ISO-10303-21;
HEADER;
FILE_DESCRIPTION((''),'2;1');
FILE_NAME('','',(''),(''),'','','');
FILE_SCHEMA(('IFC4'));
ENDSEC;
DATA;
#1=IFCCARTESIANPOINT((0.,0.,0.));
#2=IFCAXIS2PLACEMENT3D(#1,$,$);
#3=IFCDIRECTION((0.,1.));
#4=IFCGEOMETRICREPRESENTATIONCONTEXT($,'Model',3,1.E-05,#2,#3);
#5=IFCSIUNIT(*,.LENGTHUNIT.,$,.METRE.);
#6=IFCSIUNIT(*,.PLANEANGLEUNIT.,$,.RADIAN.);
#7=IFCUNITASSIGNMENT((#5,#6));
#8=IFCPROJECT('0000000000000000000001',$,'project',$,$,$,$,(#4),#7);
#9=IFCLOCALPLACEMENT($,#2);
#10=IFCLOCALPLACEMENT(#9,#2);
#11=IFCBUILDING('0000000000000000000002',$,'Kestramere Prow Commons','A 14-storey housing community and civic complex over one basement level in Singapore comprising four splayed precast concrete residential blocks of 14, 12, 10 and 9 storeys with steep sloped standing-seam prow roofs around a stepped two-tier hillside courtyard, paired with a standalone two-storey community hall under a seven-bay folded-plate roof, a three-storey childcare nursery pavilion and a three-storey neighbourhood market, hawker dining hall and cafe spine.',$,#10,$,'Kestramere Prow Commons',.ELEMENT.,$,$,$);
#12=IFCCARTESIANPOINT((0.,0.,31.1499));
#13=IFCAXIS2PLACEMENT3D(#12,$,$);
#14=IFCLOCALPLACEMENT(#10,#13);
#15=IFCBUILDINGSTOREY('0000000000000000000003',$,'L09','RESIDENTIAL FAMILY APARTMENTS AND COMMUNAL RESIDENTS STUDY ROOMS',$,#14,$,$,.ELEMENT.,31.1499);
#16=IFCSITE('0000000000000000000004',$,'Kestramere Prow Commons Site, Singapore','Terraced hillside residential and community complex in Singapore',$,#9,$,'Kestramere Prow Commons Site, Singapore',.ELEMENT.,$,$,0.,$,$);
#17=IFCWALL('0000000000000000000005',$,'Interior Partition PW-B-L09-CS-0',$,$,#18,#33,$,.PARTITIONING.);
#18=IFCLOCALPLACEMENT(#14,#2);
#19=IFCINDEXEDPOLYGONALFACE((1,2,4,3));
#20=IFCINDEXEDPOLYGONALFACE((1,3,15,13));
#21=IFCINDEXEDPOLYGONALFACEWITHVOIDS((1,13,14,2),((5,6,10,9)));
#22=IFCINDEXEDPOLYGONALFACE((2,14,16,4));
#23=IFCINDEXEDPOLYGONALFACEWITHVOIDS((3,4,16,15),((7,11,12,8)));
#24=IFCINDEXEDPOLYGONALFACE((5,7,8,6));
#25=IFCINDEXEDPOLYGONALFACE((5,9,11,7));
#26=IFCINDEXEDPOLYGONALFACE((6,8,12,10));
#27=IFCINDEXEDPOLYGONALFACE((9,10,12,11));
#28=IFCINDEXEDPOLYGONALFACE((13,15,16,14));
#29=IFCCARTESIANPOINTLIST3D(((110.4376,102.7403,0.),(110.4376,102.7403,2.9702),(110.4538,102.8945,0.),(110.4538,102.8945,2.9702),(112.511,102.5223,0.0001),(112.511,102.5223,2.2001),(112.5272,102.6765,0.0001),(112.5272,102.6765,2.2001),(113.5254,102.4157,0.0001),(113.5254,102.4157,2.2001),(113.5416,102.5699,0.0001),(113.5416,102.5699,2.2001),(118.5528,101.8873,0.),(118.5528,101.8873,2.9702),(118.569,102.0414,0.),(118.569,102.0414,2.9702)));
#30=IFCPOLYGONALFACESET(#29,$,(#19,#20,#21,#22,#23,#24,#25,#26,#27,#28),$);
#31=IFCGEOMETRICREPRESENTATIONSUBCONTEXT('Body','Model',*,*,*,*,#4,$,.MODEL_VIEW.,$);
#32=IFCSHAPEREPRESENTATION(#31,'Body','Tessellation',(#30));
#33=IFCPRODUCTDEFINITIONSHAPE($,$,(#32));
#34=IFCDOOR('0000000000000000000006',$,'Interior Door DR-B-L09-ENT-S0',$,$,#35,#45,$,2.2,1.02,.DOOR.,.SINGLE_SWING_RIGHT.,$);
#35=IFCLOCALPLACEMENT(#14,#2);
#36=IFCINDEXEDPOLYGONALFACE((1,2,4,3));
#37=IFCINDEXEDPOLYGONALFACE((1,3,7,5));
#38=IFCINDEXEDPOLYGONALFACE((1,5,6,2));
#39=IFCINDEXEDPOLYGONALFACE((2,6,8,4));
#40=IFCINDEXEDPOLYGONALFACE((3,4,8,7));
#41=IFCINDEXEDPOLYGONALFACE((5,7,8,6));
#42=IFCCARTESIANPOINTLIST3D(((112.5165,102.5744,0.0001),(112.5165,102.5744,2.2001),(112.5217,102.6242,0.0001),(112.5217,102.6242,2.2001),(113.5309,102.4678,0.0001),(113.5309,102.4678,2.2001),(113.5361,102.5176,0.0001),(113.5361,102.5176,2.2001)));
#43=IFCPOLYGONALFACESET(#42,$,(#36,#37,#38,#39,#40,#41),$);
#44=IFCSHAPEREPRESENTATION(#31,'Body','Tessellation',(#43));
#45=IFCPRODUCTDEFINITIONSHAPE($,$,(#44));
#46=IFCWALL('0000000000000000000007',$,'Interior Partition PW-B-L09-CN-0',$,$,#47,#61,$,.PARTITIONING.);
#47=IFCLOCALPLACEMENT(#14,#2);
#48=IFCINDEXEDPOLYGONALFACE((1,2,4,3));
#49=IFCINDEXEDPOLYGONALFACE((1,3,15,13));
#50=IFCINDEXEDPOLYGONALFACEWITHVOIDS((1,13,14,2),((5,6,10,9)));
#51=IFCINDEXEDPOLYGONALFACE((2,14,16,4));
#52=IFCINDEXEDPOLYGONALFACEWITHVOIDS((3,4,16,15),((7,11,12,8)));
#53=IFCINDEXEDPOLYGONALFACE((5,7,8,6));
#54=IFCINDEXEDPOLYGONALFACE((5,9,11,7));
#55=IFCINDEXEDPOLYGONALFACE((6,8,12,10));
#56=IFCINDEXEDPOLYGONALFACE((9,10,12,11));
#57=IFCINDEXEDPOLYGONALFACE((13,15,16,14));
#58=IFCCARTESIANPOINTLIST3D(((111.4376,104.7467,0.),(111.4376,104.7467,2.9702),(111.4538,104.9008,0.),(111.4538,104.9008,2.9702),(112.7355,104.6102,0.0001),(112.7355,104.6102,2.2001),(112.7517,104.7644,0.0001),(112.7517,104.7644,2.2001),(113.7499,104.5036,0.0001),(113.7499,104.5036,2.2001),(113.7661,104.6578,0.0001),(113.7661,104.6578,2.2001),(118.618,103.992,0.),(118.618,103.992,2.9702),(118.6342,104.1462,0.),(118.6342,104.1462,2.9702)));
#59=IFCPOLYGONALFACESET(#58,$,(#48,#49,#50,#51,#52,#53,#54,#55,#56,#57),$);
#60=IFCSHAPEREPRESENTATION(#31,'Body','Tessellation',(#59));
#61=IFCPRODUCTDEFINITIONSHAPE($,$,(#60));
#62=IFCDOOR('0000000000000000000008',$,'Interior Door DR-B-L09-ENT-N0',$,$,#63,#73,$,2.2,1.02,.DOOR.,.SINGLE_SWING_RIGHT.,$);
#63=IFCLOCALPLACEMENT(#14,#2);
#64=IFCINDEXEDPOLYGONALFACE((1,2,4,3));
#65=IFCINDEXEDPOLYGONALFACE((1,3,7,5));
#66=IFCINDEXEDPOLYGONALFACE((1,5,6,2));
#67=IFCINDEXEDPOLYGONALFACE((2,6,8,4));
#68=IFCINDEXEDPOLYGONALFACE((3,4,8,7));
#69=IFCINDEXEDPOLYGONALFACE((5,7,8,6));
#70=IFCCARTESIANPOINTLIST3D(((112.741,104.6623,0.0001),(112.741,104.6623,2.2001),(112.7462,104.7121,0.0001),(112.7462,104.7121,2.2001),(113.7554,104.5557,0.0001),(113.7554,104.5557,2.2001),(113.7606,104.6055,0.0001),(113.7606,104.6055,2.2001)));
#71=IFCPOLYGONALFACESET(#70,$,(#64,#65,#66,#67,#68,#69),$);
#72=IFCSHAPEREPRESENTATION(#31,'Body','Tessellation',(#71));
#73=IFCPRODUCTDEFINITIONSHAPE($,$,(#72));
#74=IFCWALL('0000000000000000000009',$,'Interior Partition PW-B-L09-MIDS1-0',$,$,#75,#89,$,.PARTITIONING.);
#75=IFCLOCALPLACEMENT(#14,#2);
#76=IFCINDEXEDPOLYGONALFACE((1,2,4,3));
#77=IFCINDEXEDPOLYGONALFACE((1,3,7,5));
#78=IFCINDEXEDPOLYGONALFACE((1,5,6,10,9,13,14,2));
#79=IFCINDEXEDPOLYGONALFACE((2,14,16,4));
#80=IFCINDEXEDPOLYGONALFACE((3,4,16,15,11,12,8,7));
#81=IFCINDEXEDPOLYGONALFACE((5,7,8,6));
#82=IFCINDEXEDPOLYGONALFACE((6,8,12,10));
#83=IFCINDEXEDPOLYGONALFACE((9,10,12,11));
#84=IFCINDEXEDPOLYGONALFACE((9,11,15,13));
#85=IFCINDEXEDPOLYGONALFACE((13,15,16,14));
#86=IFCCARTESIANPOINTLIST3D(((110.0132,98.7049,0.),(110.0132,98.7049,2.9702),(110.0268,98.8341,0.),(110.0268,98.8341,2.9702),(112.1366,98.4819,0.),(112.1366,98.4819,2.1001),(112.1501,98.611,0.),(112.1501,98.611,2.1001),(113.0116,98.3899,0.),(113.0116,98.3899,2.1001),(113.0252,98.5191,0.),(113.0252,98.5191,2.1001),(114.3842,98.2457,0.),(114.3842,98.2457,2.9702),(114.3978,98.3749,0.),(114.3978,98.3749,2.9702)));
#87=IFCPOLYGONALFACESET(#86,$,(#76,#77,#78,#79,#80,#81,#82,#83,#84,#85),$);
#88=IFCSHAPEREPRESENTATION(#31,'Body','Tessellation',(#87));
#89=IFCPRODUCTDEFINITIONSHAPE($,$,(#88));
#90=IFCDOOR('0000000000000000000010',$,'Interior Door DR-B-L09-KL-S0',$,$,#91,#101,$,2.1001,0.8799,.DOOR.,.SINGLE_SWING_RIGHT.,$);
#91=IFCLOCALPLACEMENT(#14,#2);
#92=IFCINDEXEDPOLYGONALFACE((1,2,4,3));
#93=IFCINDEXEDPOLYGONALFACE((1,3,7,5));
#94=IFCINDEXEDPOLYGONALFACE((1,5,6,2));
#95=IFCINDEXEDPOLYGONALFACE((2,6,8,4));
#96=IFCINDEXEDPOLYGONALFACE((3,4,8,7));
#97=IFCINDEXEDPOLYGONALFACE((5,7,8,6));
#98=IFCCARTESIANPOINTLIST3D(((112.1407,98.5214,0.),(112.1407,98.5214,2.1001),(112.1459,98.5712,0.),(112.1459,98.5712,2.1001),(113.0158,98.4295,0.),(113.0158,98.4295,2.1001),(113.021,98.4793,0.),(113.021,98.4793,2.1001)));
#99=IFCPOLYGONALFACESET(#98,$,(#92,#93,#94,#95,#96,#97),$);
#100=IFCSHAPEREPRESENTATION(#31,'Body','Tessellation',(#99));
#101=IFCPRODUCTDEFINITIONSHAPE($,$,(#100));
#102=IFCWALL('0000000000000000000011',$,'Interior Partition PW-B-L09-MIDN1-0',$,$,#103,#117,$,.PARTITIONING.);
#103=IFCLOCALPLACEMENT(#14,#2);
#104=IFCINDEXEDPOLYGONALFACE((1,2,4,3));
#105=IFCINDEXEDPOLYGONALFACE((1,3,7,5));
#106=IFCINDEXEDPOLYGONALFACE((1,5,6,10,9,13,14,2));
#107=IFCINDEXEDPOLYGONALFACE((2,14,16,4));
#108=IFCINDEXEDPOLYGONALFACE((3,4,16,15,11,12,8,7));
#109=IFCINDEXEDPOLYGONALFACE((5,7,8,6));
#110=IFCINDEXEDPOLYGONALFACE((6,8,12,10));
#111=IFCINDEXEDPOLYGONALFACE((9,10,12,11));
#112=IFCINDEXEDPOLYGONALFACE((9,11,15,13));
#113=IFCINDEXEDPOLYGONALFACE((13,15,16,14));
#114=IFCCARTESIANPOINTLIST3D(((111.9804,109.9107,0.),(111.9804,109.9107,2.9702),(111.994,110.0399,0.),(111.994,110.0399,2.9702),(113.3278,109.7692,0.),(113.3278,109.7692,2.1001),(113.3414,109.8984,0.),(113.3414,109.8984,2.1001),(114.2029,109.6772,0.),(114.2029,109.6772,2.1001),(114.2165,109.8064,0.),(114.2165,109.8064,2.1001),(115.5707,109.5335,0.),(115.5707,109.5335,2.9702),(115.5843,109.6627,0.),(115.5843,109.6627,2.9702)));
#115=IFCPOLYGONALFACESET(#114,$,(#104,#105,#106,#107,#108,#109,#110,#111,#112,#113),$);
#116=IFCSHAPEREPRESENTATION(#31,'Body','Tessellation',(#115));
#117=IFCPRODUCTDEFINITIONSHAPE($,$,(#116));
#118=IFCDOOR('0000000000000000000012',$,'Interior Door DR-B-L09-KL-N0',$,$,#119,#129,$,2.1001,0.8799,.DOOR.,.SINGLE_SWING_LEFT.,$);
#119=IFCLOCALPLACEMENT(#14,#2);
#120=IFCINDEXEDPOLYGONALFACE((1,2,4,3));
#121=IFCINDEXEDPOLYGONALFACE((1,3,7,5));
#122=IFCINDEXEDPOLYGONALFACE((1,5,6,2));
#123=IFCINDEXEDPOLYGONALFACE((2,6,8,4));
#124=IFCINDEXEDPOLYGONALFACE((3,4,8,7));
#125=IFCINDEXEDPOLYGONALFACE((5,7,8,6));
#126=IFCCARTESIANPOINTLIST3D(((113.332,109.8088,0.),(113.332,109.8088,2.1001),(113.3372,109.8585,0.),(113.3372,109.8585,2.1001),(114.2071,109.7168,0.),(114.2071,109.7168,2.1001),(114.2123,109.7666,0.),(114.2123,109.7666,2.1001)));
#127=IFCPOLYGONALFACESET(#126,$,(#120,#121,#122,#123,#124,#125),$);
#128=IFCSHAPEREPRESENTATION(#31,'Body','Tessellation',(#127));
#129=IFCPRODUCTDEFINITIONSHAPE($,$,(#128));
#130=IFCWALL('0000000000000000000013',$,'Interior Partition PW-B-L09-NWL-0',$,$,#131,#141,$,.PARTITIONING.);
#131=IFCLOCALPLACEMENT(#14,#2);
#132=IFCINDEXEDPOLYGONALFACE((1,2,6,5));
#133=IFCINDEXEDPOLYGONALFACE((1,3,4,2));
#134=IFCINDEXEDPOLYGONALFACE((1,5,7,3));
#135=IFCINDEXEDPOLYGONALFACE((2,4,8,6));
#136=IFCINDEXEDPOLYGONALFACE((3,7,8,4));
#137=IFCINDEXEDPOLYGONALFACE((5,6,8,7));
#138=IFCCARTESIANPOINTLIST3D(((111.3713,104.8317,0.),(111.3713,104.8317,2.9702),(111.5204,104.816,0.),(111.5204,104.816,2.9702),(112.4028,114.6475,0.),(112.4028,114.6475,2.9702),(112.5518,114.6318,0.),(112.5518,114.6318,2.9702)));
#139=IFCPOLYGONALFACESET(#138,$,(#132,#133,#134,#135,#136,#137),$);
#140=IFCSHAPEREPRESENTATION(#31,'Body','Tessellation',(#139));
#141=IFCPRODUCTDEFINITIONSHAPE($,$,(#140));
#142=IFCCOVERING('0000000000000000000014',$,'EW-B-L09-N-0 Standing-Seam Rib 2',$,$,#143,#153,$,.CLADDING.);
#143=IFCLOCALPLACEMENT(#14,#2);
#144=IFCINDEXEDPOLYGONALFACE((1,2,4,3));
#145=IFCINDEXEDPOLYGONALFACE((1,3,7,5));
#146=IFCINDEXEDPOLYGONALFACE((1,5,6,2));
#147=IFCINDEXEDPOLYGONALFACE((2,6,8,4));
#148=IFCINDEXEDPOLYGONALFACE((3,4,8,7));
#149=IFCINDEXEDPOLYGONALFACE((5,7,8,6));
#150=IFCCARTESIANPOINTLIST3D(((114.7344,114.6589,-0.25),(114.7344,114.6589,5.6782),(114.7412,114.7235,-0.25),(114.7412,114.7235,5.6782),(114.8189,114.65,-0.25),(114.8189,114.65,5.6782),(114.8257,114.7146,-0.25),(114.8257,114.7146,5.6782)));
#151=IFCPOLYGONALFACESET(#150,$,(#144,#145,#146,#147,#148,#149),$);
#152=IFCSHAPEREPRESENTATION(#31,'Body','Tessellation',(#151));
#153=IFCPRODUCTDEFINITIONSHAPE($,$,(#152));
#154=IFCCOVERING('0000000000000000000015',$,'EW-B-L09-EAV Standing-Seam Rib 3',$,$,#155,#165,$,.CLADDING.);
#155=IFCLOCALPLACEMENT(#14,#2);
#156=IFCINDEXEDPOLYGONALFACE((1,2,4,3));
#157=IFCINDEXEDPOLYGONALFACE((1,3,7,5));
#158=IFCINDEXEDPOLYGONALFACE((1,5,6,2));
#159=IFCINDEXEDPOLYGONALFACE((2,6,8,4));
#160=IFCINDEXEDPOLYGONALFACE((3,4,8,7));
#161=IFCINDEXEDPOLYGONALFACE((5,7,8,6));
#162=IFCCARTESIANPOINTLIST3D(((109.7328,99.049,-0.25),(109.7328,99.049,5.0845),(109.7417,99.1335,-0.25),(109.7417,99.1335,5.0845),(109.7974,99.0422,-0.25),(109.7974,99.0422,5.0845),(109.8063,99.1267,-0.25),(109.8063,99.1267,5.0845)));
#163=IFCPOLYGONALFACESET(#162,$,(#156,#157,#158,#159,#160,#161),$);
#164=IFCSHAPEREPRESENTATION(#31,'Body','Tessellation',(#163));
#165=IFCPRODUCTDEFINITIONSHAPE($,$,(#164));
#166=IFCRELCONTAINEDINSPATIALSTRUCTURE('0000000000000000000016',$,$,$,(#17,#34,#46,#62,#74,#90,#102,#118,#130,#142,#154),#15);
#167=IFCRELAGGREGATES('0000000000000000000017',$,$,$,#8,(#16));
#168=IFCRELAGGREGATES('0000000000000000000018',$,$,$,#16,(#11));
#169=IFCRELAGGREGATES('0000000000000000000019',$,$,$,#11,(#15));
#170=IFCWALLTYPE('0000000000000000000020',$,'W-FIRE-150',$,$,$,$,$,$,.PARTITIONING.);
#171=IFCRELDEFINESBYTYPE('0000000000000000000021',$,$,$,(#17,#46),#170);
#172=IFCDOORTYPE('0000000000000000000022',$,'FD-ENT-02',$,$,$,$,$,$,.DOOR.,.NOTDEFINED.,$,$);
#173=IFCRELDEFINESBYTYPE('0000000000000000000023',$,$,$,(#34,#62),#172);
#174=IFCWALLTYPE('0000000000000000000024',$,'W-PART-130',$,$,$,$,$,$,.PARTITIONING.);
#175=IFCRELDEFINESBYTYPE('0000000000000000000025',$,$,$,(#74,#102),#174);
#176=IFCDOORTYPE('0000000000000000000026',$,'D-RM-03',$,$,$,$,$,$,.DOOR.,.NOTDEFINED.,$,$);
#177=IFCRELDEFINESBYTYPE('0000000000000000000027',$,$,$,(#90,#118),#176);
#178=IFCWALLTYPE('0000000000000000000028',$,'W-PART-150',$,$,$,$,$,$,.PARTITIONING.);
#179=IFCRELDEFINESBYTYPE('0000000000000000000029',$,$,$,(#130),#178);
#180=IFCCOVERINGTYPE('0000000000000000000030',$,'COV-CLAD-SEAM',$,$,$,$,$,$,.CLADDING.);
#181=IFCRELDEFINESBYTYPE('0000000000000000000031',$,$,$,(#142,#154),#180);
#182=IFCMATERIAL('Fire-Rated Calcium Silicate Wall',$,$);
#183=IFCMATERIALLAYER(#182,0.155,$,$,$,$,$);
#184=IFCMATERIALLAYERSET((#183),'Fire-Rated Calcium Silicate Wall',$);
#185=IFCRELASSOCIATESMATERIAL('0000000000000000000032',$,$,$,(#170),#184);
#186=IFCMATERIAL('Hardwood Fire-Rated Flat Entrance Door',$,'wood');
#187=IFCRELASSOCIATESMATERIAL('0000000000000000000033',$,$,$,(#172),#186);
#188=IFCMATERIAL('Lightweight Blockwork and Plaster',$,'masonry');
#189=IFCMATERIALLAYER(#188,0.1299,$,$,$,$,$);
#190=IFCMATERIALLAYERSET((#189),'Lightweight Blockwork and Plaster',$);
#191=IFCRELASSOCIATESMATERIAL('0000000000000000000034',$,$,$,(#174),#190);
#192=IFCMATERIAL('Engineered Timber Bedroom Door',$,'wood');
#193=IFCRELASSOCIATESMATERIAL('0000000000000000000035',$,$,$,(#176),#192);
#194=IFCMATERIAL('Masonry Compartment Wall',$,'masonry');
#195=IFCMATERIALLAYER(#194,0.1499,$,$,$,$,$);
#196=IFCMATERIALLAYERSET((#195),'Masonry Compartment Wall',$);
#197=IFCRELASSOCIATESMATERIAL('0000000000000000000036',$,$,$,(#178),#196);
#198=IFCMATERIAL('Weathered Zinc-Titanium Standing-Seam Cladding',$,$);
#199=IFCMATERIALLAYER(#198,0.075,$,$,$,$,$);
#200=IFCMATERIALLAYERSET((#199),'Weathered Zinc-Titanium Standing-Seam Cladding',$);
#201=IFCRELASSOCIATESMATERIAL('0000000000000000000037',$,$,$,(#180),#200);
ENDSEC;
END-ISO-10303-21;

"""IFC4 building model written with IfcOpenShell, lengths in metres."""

from ifc_helpers import new_model, si_unit, direction, frame, frame_2d, origin, origin_2d, place, context, subcontext, project, spatial, rectangle, extrude, material, layer, layer_set, type_object, element, fill, save


model = new_model("IFC4")

# Units and contexts
model_context = context("Model", 3, precision=1e-05, world=origin(), true_north=direction((0.0, 1.0)))
body_context = subcontext(model_context, "Body", "Model", "MODEL_VIEW")
ifc_project = project(units=[si_unit("LENGTHUNIT", "METRE"), si_unit("PLANEANGLEUNIT", "RADIAN")], contexts=[model_context])

# Site, building, storey
site_placement = place(None, origin())
site = spatial("IfcSite", under=ifc_project, at=site_placement, Name="Kestramere Prow Commons Site, Singapore", Description="Terraced hillside residential and community complex in Singapore", LongName="Kestramere Prow Commons Site, Singapore", CompositionType="ELEMENT", RefElevation=0.0)
building_placement = place(site_placement, origin())
building = spatial("IfcBuilding", under=site, at=building_placement, Name="Kestramere Prow Commons", Description="A 14-storey housing community and civic complex over one basement level in Singapore comprising four splayed precast concrete residential blocks of 14, 12, 10 and 9 storeys with steep sloped standing-seam prow roofs around a stepped two-tier hillside courtyard, paired with a standalone two-storey community hall under a seven-bay folded-plate roof, a three-storey childcare nursery pavilion and a three-storey neighbourhood market, hawker dining hall and cafe spine.", LongName="Kestramere Prow Commons", CompositionType="ELEMENT")
storey_placement = place(building_placement, frame((0.0, 0.0, 31.1499)))
storey = spatial("IfcBuildingStorey", under=building, at=storey_placement, Name="L09", Description="RESIDENTIAL FAMILY APARTMENTS AND COMMUNAL RESIDENTS STUDY ROOMS", CompositionType="ELEMENT", Elevation=31.1499)

# Walls, openings, doors
ifc_material_1 = material(Name="Fire-Rated Calcium Silicate Wall")
ifc_layer_1 = layer(ifc_material_1, 0.155)
ifc_layer_set_1 = layer_set([ifc_layer_1], Name="Fire-Rated Calcium Silicate Wall")
wall_type_1 = type_object("IfcWallType", Name="W-FIRE-150", PredefinedType="PARTITIONING", material=ifc_layer_set_1)
wall_1_placement = place(storey_placement, frame((110.4456, 102.8174, 0.0), z_axis=(0.0, 0.0, 1.0), x_axis=(0.994521, -0.104538, 0.0)))
wall_1 = element("IfcWall", 1, at=wall_1_placement, inside=storey, type_object=wall_type_1, Name="Interior Partition PW-B-L09-CS-0", PredefinedType="PARTITIONING", context=body_context, shape_type="SweptSolid", body=[
    extrude(rectangle(XDim=8.1599, YDim=0.155, at=frame_2d((4.0801, 0.0))), origin(), (0.0, 0.0, 1.0), 2.9702),
])
opening_1_placement = place(wall_1_placement, frame((2.085, 0.0, 0.0)))
opening_1 = element("IfcOpeningElement", 2, at=opening_1_placement, cuts=wall_1, PredefinedType="OPENING", context=body_context, shape_type="SweptSolid", body=[
    extrude(rectangle(XDim=1.02, YDim=2.2, at=frame_2d((0.51, 1.1001))), frame((0.0, 0.0925, 0.0), z_axis=(0.0, -1.0, 0.0), x_axis=(1.0, 0.0, 0.0)), (0.0, 0.0, 1.0), 0.1851),
])
ifc_material_2 = material(Name="Hardwood Fire-Rated Flat Entrance Door", Category="wood")
door_type_1 = type_object("IfcDoorType", Name="FD-ENT-02", OperationType="NOTDEFINED", PredefinedType="DOOR", material=ifc_material_2)
door_1_placement = place(opening_1_placement, origin())
door_1 = element("IfcDoor", 3, at=door_1_placement, inside=storey, type_object=door_type_1, Name="Interior Door DR-B-L09-ENT-S0", OperationType="SINGLE_SWING_RIGHT", OverallHeight=2.2, OverallWidth=1.02, PredefinedType="DOOR", context=body_context, shape_type="SweptSolid", body=[
    extrude(rectangle(XDim=1.02, YDim=2.2, at=frame_2d((0.51, 1.1001))), frame((0.0, 0.0249, 0.0), z_axis=(0.0, -1.0, 0.0), x_axis=(1.0, 0.0, 0.0)), (0.0, 0.0, 1.0), 0.05),
])
fill(opening_1, door_1)
wall_2_placement = place(storey_placement, frame((111.4458, 104.8237, 0.0), z_axis=(0.0, 0.0, 1.0), x_axis=(0.994523, -0.104521, 0.0)))
wall_2 = element("IfcWall", 4, at=wall_2_placement, inside=storey, type_object=wall_type_1, Name="Interior Partition PW-B-L09-CN-0", PredefinedType="PARTITIONING", context=body_context, shape_type="SweptSolid", body=[
    extrude(rectangle(XDim=7.22, YDim=0.155, at=frame_2d((3.6099, 0.0))), origin(), (0.0, 0.0, 1.0), 2.9702),
])
opening_2_placement = place(wall_2_placement, frame((1.3049, 0.0, 0.0)))
opening_2 = element("IfcOpeningElement", 5, at=opening_2_placement, cuts=wall_2, PredefinedType="OPENING", context=body_context, shape_type="SweptSolid", body=[
    extrude(rectangle(XDim=1.02, YDim=2.2, at=frame_2d((0.51, 1.1001))), frame((0.0, 0.0925, 0.0), z_axis=(0.0, -1.0, 0.0), x_axis=(1.0, 0.0, 0.0)), (0.0, 0.0, 1.0), 0.1851),
])
door_2_placement = place(opening_2_placement, origin())
door_2 = element("IfcDoor", 6, at=door_2_placement, inside=storey, type_object=door_type_1, Name="Interior Door DR-B-L09-ENT-N0", OperationType="SINGLE_SWING_RIGHT", OverallHeight=2.2, OverallWidth=1.02, PredefinedType="DOOR", context=body_context, shape_type="SweptSolid", body=[
    extrude(rectangle(XDim=1.02, YDim=2.2, at=frame_2d((0.51, 1.1001))), frame((0.0, 0.0249, 0.0), z_axis=(0.0, -1.0, 0.0), x_axis=(1.0, 0.0, 0.0)), (0.0, 0.0, 1.0), 0.05),
])
fill(opening_2, door_2)
ifc_material_3 = material(Name="Lightweight Blockwork and Plaster", Category="masonry")
ifc_layer_2 = layer(ifc_material_3, 0.1299)
ifc_layer_set_2 = layer_set([ifc_layer_2], Name="Lightweight Blockwork and Plaster")
wall_type_2 = type_object("IfcWallType", Name="W-PART-130", PredefinedType="PARTITIONING", material=ifc_layer_set_2)
wall_3_placement = place(storey_placement, frame((110.02, 98.7695, 0.0), z_axis=(0.0, 0.0, 1.0), x_axis=(0.994526, -0.104491, 0.0)))
wall_3 = element("IfcWall", 7, at=wall_3_placement, inside=storey, type_object=wall_type_2, Name="Interior Partition PW-B-L09-MIDS1-0", PredefinedType="PARTITIONING", context=body_context, shape_type="SweptSolid", body=[
    extrude(rectangle(XDim=4.395, YDim=0.1299, at=frame_2d((2.1975, 0.0))), origin(), (0.0, 0.0, 1.0), 2.9702),
])
opening_3_placement = place(wall_3_placement, frame((2.135, 0.0, 0.0)))
opening_3 = element("IfcOpeningElement", 8, at=opening_3_placement, cuts=wall_3, PredefinedType="OPENING", context=body_context, shape_type="SweptSolid", body=[
    extrude(rectangle(XDim=0.8799, YDim=2.1001, at=frame_2d((0.4399, 1.05))), frame((0.0, 0.0798, 0.0), z_axis=(0.0, -1.0, 0.0), x_axis=(1.0, 0.0, 0.0)), (0.0, 0.0, 1.0), 0.1599),
])
ifc_material_4 = material(Name="Engineered Timber Bedroom Door", Category="wood")
door_type_2 = type_object("IfcDoorType", Name="D-RM-03", OperationType="NOTDEFINED", PredefinedType="DOOR", material=ifc_material_4)
door_3_placement = place(opening_3_placement, origin())
door_3 = element("IfcDoor", 9, at=door_3_placement, inside=storey, type_object=door_type_2, Name="Interior Door DR-B-L09-KL-S0", OperationType="SINGLE_SWING_RIGHT", OverallHeight=2.1001, OverallWidth=0.8799, PredefinedType="DOOR", context=body_context, shape_type="SweptSolid", body=[
    extrude(rectangle(XDim=0.8799, YDim=2.1001, at=frame_2d((0.4399, 1.05))), frame((0.0, 0.0249, 0.0), z_axis=(0.0, -1.0, 0.0), x_axis=(1.0, 0.0, 0.0)), (0.0, 0.0, 1.0), 0.05),
])
fill(opening_3, door_3)
wall_4_placement = place(storey_placement, frame((111.9871, 109.9753, 0.0), z_axis=(0.0, 0.0, 1.0), x_axis=(0.994527, -0.104484, 0.0)))
wall_4 = element("IfcWall", 10, at=wall_4_placement, inside=storey, type_object=wall_type_2, Name="Interior Partition PW-B-L09-MIDN1-0", PredefinedType="PARTITIONING", context=body_context, shape_type="SweptSolid", body=[
    extrude(rectangle(XDim=3.6101, YDim=0.1299, at=frame_2d((1.8052, 0.0))), origin(), (0.0, 0.0, 1.0), 2.9702),
])
opening_4_placement = place(wall_4_placement, frame((1.355, 0.0, 0.0)))
opening_4 = element("IfcOpeningElement", 11, at=opening_4_placement, cuts=wall_4, PredefinedType="OPENING", context=body_context, shape_type="SweptSolid", body=[
    extrude(rectangle(XDim=0.8799, YDim=2.1001, at=frame_2d((0.4399, 1.05))), frame((0.0, 0.0798, 0.0), z_axis=(0.0, -1.0, 0.0), x_axis=(1.0, 0.0, 0.0)), (0.0, 0.0, 1.0), 0.1599),
])
door_4_placement = place(opening_4_placement, origin())
door_4 = element("IfcDoor", 12, at=door_4_placement, inside=storey, type_object=door_type_2, Name="Interior Door DR-B-L09-KL-N0", OperationType="SINGLE_SWING_LEFT", OverallHeight=2.1001, OverallWidth=0.8799, PredefinedType="DOOR", context=body_context, shape_type="SweptSolid", body=[
    extrude(rectangle(XDim=0.8799, YDim=2.1001, at=frame_2d((0.4399, 1.05))), frame((0.0, 0.0249, 0.0), z_axis=(0.0, -1.0, 0.0), x_axis=(1.0, 0.0, 0.0)), (0.0, 0.0, 1.0), 0.05),
])
fill(opening_4, door_4)

# Wall
ifc_material_5 = material(Name="Masonry Compartment Wall", Category="masonry")
ifc_layer_3 = layer(ifc_material_5, 0.1499)
ifc_layer_set_3 = layer_set([ifc_layer_3], Name="Masonry Compartment Wall")
wall_type_3 = type_object("IfcWallType", Name="W-PART-150", PredefinedType="PARTITIONING", material=ifc_layer_set_3)
wall_5_placement = place(storey_placement, frame((111.4458, 104.8237, 0.0), z_axis=(0.0, 0.0, 1.0), x_axis=(0.104508, 0.994524, 0.0)))
element("IfcWall", 13, at=wall_5_placement, inside=storey, type_object=wall_type_3, Name="Interior Partition PW-B-L09-NWL-0", PredefinedType="PARTITIONING", context=body_context, shape_type="SweptSolid", body=[
    extrude(rectangle(XDim=9.8699, YDim=0.1499, at=frame_2d((4.9351, 0.0))), origin(), (0.0, 0.0, 1.0), 2.9702),
])

# Coverings
ifc_material_6 = material(Name="Weathered Zinc-Titanium Standing-Seam Cladding")
ifc_layer_4 = layer(ifc_material_6, 0.075)
ifc_layer_set_4 = layer_set([ifc_layer_4], Name="Weathered Zinc-Titanium Standing-Seam Cladding")
covering_type = type_object("IfcCoveringType", Name="COV-CLAD-SEAM", PredefinedType="CLADDING", material=ifc_layer_set_4)
covering_placement = place(storey_placement, frame((114.78, 114.6868, -0.25), z_axis=(0.0, 0.0, 1.0), x_axis=(0.994522, -0.104528, 0.0)))
element("IfcCovering", 14, at=covering_placement, inside=storey, type_object=covering_type, Name="EW-B-L09-N-0 Standing-Seam Rib 2", PredefinedType="CLADDING", context=body_context, shape_type="SweptSolid", body=[
    extrude(rectangle(XDim=0.085, YDim=0.0649, at=origin_2d()), origin(), (0.0, 0.0, 1.0), 5.9282),
])
for number, where, z_axis, x_axis, name in (
    (15, (109.7695, 99.0879, -0.25), (0.0, 0.0, 1.0), (0.104528, 0.994522, 0.0), "EW-B-L09-EAV Standing-Seam Rib 3"),
):
    element("IfcCovering", number, at=place(storey_placement, frame(where, z_axis=z_axis, x_axis=x_axis)), inside=storey, type_object=covering_type, Name=name, PredefinedType="CLADDING", context=body_context, shape_type="SweptSolid", body=[
        extrude(rectangle(XDim=0.085, YDim=0.0649, at=origin_2d()), origin(), (0.0, 0.0, 1.0), 5.3345),
    ])

save(model, "model.ifc")
